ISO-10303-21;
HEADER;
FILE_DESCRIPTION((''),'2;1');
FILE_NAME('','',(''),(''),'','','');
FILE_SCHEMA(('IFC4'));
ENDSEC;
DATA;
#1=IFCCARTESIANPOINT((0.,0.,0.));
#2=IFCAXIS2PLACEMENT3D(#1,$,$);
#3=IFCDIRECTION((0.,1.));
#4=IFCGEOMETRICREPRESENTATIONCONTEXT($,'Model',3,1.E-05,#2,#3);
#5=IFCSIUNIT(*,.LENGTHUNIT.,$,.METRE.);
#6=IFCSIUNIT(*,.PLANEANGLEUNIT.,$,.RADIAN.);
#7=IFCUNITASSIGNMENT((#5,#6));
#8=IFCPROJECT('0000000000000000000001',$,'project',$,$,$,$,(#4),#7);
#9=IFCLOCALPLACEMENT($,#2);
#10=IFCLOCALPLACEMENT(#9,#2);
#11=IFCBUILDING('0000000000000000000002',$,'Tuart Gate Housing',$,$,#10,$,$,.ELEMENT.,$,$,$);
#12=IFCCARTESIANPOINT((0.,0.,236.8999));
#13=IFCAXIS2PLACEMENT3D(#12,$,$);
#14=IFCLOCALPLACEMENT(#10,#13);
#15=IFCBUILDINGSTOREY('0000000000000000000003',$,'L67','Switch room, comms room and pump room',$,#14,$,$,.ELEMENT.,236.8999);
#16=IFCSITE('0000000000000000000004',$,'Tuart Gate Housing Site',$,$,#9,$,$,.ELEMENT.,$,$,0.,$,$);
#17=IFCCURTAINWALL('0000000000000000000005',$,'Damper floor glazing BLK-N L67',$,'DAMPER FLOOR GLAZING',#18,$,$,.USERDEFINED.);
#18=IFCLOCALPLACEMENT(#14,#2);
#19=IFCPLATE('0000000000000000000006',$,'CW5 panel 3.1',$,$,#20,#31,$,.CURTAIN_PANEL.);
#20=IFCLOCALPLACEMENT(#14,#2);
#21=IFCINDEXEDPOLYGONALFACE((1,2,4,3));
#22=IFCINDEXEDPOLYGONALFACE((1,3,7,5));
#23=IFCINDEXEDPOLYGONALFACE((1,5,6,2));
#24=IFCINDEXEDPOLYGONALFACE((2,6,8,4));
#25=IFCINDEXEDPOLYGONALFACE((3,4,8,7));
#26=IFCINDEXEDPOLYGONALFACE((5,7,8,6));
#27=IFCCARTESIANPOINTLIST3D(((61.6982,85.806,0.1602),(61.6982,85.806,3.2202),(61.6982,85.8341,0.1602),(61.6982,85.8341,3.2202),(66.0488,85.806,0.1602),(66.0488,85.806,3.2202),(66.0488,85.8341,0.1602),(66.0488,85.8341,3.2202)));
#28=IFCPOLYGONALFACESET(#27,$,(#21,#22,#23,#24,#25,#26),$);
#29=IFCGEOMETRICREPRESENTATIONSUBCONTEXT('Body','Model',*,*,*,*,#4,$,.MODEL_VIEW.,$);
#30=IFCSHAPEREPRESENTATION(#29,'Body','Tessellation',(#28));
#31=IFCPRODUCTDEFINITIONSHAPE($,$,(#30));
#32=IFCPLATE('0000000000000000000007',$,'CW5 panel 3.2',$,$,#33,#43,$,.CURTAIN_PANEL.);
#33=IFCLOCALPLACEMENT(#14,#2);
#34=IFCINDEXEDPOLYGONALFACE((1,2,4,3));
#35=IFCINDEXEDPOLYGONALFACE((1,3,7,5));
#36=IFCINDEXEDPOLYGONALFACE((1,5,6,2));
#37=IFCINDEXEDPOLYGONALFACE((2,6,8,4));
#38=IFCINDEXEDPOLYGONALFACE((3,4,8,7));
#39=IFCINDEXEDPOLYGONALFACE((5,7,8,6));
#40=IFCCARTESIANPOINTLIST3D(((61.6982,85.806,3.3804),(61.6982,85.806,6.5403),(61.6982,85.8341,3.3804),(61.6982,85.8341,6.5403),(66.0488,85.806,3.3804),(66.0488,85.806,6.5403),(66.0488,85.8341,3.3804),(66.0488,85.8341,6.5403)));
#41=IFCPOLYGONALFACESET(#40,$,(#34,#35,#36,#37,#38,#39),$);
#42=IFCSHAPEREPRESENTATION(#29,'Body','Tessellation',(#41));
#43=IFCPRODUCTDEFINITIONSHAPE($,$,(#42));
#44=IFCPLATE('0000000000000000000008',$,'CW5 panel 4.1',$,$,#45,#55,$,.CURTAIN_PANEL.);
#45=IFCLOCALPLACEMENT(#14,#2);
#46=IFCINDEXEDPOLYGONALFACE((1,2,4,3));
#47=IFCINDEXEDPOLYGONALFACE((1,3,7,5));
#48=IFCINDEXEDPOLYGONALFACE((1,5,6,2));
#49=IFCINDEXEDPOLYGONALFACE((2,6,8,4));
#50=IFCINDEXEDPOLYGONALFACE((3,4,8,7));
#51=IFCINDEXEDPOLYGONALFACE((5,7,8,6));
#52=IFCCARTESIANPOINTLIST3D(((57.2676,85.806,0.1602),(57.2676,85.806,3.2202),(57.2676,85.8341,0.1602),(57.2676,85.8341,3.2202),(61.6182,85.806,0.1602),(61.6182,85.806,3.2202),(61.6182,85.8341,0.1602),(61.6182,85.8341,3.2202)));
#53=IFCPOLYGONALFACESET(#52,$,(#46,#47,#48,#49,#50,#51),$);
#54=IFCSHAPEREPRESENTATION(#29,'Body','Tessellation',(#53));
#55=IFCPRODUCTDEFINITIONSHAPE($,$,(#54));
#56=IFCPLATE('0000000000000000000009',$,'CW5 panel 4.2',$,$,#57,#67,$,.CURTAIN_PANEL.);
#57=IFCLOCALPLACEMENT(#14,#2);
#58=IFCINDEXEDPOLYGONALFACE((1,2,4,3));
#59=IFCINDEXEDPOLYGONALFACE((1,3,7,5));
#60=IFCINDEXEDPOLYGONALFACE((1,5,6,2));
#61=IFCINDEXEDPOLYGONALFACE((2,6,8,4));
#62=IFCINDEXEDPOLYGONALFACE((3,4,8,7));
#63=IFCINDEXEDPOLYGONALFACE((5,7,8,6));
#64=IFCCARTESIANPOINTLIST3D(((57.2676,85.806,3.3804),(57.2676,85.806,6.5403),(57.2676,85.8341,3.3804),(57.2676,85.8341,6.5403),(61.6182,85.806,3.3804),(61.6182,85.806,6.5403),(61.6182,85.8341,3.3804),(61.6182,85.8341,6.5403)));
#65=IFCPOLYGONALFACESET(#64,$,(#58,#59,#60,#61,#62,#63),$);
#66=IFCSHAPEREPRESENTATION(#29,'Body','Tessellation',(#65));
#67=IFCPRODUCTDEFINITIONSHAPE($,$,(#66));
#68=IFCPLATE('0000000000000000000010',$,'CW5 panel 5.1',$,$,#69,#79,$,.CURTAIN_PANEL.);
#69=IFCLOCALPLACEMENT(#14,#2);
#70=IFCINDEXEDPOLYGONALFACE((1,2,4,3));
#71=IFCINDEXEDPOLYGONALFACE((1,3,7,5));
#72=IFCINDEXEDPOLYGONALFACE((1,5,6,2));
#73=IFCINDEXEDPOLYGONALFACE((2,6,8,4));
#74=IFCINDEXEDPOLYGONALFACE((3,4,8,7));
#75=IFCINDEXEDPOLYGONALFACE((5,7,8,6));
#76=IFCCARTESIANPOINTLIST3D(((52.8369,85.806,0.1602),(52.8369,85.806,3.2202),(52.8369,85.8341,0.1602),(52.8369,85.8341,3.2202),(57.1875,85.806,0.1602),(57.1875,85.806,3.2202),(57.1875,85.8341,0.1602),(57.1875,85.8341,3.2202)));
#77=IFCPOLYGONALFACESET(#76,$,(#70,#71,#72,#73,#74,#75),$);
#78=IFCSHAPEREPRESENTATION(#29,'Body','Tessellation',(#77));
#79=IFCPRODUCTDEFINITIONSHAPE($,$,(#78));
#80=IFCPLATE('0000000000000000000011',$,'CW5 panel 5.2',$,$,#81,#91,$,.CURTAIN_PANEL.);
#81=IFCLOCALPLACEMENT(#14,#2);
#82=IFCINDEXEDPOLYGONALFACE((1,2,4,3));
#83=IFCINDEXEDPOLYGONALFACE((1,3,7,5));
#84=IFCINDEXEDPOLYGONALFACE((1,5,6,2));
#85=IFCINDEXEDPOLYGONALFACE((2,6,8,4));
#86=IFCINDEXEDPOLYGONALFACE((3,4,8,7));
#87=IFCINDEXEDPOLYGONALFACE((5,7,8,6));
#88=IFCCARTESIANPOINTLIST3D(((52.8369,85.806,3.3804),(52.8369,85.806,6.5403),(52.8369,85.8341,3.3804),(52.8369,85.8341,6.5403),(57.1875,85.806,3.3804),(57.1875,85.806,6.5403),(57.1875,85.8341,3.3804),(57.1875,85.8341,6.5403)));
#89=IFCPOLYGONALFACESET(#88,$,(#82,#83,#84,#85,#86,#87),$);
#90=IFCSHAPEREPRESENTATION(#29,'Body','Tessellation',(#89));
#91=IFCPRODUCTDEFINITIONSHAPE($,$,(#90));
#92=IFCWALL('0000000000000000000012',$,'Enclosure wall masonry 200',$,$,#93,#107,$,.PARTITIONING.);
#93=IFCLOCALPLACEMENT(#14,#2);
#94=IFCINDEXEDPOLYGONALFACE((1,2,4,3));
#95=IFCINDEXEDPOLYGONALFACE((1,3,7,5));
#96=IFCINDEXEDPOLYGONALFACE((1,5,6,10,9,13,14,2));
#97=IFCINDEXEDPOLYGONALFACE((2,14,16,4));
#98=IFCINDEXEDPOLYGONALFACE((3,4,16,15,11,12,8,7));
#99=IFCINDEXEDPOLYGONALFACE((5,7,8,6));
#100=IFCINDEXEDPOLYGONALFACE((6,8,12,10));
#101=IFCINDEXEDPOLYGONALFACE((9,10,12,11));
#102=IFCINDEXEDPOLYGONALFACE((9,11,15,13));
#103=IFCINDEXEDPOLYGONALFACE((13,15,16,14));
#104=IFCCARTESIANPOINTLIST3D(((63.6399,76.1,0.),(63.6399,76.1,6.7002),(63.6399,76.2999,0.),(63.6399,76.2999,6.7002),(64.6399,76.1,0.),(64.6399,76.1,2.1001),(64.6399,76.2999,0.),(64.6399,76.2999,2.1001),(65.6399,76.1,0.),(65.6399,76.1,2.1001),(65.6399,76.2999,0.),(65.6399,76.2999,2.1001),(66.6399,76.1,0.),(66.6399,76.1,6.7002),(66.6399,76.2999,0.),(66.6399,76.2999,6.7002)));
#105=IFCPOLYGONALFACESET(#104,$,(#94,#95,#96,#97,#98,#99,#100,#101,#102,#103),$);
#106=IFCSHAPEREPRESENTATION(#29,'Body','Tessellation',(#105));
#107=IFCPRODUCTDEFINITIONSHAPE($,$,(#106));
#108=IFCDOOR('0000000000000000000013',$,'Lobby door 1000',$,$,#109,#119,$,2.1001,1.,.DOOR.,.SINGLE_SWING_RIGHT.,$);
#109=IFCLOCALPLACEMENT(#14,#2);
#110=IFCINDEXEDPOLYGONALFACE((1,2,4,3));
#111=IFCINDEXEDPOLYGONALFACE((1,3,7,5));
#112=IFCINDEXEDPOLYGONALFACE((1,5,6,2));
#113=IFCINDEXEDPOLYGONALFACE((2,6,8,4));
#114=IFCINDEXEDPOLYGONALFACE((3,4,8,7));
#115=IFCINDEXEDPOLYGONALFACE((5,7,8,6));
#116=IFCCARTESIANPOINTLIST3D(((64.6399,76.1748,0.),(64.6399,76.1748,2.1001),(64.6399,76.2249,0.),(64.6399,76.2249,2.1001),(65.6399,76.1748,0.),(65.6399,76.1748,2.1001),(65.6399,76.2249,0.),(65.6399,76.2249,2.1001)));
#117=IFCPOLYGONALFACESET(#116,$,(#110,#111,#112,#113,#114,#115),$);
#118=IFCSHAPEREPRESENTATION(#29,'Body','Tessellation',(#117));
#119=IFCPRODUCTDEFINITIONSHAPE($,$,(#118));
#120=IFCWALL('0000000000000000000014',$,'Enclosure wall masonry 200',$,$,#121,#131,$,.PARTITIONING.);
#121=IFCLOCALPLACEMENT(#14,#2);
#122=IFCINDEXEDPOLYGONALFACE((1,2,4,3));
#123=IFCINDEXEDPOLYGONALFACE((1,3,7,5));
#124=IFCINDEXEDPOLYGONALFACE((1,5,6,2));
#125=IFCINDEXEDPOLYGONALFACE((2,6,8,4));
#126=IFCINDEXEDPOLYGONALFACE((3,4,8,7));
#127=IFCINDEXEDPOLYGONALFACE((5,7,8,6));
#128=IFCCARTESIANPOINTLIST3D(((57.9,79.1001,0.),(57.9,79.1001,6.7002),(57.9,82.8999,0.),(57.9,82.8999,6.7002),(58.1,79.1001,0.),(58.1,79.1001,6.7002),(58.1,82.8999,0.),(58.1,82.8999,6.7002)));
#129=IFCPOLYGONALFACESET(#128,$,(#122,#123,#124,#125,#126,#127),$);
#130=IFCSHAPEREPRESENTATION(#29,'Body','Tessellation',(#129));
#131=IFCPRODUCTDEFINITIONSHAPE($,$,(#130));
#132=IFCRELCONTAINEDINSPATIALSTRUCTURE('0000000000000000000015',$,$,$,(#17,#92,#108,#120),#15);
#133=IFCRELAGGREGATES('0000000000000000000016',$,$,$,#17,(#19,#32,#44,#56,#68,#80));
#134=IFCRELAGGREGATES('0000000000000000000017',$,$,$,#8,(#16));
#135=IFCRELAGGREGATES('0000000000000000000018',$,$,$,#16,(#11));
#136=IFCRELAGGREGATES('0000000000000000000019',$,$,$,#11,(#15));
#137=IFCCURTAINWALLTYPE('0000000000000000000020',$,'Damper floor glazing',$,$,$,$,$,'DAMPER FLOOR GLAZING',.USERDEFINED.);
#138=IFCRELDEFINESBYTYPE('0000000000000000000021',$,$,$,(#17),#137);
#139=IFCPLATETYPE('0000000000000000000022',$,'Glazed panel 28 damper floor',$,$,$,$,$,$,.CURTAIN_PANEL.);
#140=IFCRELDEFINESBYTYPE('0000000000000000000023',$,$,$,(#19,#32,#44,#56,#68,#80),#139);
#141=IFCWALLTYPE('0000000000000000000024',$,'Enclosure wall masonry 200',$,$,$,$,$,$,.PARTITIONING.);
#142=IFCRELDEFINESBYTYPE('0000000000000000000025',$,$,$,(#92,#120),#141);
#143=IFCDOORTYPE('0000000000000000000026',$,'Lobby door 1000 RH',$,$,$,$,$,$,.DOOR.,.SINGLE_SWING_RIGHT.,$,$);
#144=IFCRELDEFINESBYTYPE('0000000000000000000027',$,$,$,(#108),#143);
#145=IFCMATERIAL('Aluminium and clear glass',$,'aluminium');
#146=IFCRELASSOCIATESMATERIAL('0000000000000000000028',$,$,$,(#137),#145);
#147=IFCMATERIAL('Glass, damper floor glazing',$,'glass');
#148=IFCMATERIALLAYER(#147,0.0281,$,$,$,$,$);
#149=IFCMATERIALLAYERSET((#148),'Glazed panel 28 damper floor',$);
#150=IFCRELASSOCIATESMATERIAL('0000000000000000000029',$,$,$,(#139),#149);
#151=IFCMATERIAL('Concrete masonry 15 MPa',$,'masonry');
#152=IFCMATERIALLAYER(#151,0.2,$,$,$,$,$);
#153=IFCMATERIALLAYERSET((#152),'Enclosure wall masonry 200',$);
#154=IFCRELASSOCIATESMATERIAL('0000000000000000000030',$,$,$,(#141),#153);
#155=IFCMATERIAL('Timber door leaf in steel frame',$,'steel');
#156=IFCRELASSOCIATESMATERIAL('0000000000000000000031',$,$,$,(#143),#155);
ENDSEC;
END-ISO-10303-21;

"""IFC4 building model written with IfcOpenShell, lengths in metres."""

from ifc_helpers import new_model, si_unit, direction, frame, frame_2d, origin, origin_2d, place, context, subcontext, project, spatial, rectangle, extrude, material, layer, layer_set, type_object, element, fill, aggregate, save


model = new_model("IFC4")

# Units and contexts
model_context = context("Model", 3, precision=1e-05, world=origin(), true_north=direction((0.0, 1.0)))
body_context = subcontext(model_context, "Body", "Model", "MODEL_VIEW")
ifc_project = project(units=[si_unit("LENGTHUNIT", "METRE"), si_unit("PLANEANGLEUNIT", "RADIAN")], contexts=[model_context])

# Site, building, storey
site_placement = place(None, origin())
site = spatial("IfcSite", under=ifc_project, at=site_placement, Name="Tuart Gate Housing Site", CompositionType="ELEMENT", RefElevation=0.0)
building_placement = place(site_placement, origin())
building = spatial("IfcBuilding", under=site, at=building_placement, Name="Tuart Gate Housing", CompositionType="ELEMENT")
storey_placement = place(building_placement, frame((0.0, 0.0, 236.8999)))
storey = spatial("IfcBuildingStorey", under=building, at=storey_placement, Name="L67", Description="Switch room, comms room and pump room", CompositionType="ELEMENT", Elevation=236.8999)

# Curtain wall, plates
ifc_material_1 = material(Name="Aluminium and clear glass", Category="aluminium")
curtain_wall_type = type_object("IfcCurtainWallType", Name="Damper floor glazing", ElementType="DAMPER FLOOR GLAZING", PredefinedType="USERDEFINED", material=ifc_material_1)
curtain_wall_placement = place(storey_placement, origin())
curtain_wall = element("IfcCurtainWall", 1, at=curtain_wall_placement, inside=storey, type_object=curtain_wall_type, Name="Damper floor glazing BLK-N L67", ObjectType="DAMPER FLOOR GLAZING", PredefinedType="USERDEFINED")
ifc_material_2 = material(Name="Glass, damper floor glazing", Category="glass")
ifc_layer_1 = layer(ifc_material_2, 0.0281)
ifc_layer_set_1 = layer_set([ifc_layer_1], Name="Glazed panel 28 damper floor")
plate_type = type_object("IfcPlateType", Name="Glazed panel 28 damper floor", PredefinedType="CURTAIN_PANEL", material=ifc_layer_set_1)
plate_1_placement = place(storey_placement, frame((63.8735, 85.8201, 0.1602), z_axis=(0.0, 0.0, 1.0), x_axis=(-1.0, 0.0, 0.0)))
plate_1 = element("IfcPlate", 2, at=plate_1_placement, type_object=plate_type, Name="CW5 panel 3.1", PredefinedType="CURTAIN_PANEL", context=body_context, shape_type="SweptSolid", body=[
    extrude(rectangle(XDim=4.3506, YDim=0.0281, at=origin_2d()), origin(), (0.0, 0.0, 1.0), 3.0601),
])
plate_2_placement = place(storey_placement, frame((63.8735, 85.8201, 3.3804), z_axis=(0.0, 0.0, 1.0), x_axis=(-1.0, 0.0, 0.0)))
plate_2 = element("IfcPlate", 3, at=plate_2_placement, type_object=plate_type, Name="CW5 panel 3.2", PredefinedType="CURTAIN_PANEL", context=body_context, shape_type="SweptSolid", body=[
    extrude(rectangle(XDim=4.3506, YDim=0.0281, at=origin_2d()), origin(), (0.0, 0.0, 1.0), 3.1599),
])
plate_3_placement = place(storey_placement, frame((59.4429, 85.8201, 0.1602), z_axis=(0.0, 0.0, 1.0), x_axis=(-1.0, 0.0, 0.0)))
plate_3 = element("IfcPlate", 4, at=plate_3_placement, type_object=plate_type, Name="CW5 panel 4.1", PredefinedType="CURTAIN_PANEL", context=body_context, shape_type="SweptSolid", body=[
    extrude(rectangle(XDim=4.3506, YDim=0.0281, at=origin_2d()), origin(), (0.0, 0.0, 1.0), 3.0601),
])
plate_4_placement = place(storey_placement, frame((59.4429, 85.8201, 3.3804), z_axis=(0.0, 0.0, 1.0), x_axis=(-1.0, 0.0, 0.0)))
plate_4 = element("IfcPlate", 5, at=plate_4_placement, type_object=plate_type, Name="CW5 panel 4.2", PredefinedType="CURTAIN_PANEL", context=body_context, shape_type="SweptSolid", body=[
    extrude(rectangle(XDim=4.3506, YDim=0.0281, at=origin_2d()), origin(), (0.0, 0.0, 1.0), 3.1599),
])
plate_5_placement = place(storey_placement, frame((55.0122, 85.8201, 0.1602), z_axis=(0.0, 0.0, 1.0), x_axis=(-1.0, 0.0, 0.0)))
plate_5 = element("IfcPlate", 6, at=plate_5_placement, type_object=plate_type, Name="CW5 panel 5.1", PredefinedType="CURTAIN_PANEL", context=body_context, shape_type="SweptSolid", body=[
    extrude(rectangle(XDim=4.3506, YDim=0.0281, at=origin_2d()), origin(), (0.0, 0.0, 1.0), 3.0601),
])
plate_6_placement = place(storey_placement, frame((55.0122, 85.8201, 3.3804), z_axis=(0.0, 0.0, 1.0), x_axis=(-1.0, 0.0, 0.0)))
plate_6 = element("IfcPlate", 7, at=plate_6_placement, type_object=plate_type, Name="CW5 panel 5.2", PredefinedType="CURTAIN_PANEL", context=body_context, shape_type="SweptSolid", body=[
    extrude(rectangle(XDim=4.3506, YDim=0.0281, at=origin_2d()), origin(), (0.0, 0.0, 1.0), 3.1599),
])
aggregate(curtain_wall, [plate_1, plate_2, plate_3, plate_4, plate_5, plate_6])

# Wall, opening, door
ifc_material_3 = material(Name="Concrete masonry 15 MPa", Category="masonry")
ifc_layer_2 = layer(ifc_material_3, 0.2)
ifc_layer_set_2 = layer_set([ifc_layer_2], Name="Enclosure wall masonry 200")
wall_type = type_object("IfcWallType", Name="Enclosure wall masonry 200", PredefinedType="PARTITIONING", material=ifc_layer_set_2)
wall_1_placement = place(storey_placement, frame((63.6399, 76.2, 0.0), z_axis=(0.0, 0.0, 1.0), x_axis=(1.0, 0.0, 0.0)))
wall_1 = element("IfcWall", 8, at=wall_1_placement, inside=storey, type_object=wall_type, Name="Enclosure wall masonry 200", PredefinedType="PARTITIONING", context=body_context, shape_type="SweptSolid", body=[
    extrude(rectangle(XDim=3.0, YDim=0.2, at=frame_2d((1.5, 0.0))), origin(), (0.0, 0.0, 1.0), 6.7002),
])
opening_placement = place(wall_1_placement, frame((1.0, 0.0, 0.0)))
opening = element("IfcOpeningElement", 9, at=opening_placement, cuts=wall_1, PredefinedType="OPENING", context=body_context, shape_type="SweptSolid", body=[
    extrude(rectangle(XDim=1.0, YDim=2.1001, at=frame_2d((0.5, 1.05))), frame((0.0, 0.1099, 0.0), z_axis=(0.0, -1.0, 0.0), x_axis=(1.0, 0.0, 0.0)), (0.0, 0.0, 1.0), 0.22),
])
ifc_material_4 = material(Name="Timber door leaf in steel frame", Category="steel")
door_type = type_object("IfcDoorType", Name="Lobby door 1000 RH", OperationType="SINGLE_SWING_RIGHT", PredefinedType="DOOR", material=ifc_material_4)
door_placement = place(opening_placement, frame((1.0, 0.0, 0.0), z_axis=(0.0, 0.0, 1.0), x_axis=(-1.0, 0.0, 0.0)))
door = element("IfcDoor", 10, at=door_placement, inside=storey, type_object=door_type, Name="Lobby door 1000", OperationType="SINGLE_SWING_RIGHT", OverallHeight=2.1001, OverallWidth=1.0, PredefinedType="DOOR", context=body_context, shape_type="SweptSolid", body=[
    extrude(rectangle(XDim=1.0, YDim=2.1001, at=frame_2d((0.5, 1.05))), frame((0.0, 0.0251, 0.0), z_axis=(0.0, -1.0, 0.0), x_axis=(1.0, 0.0, 0.0)), (0.0, 0.0, 1.0), 0.05),
])
fill(opening, door)

# Wall
wall_2_placement = place(storey_placement, frame((58.0, 79.1001, 0.0), z_axis=(0.0, 0.0, 1.0), x_axis=(0.0, 1.0, 0.0)))
element("IfcWall", 11, at=wall_2_placement, inside=storey, type_object=wall_type, Name="Enclosure wall masonry 200", PredefinedType="PARTITIONING", context=body_context, shape_type="SweptSolid", body=[
    extrude(rectangle(XDim=3.7998, YDim=0.2, at=frame_2d((1.8999, 0.0))), origin(), (0.0, 0.0, 1.0), 6.7002),
])

save(model, "model.ifc")
